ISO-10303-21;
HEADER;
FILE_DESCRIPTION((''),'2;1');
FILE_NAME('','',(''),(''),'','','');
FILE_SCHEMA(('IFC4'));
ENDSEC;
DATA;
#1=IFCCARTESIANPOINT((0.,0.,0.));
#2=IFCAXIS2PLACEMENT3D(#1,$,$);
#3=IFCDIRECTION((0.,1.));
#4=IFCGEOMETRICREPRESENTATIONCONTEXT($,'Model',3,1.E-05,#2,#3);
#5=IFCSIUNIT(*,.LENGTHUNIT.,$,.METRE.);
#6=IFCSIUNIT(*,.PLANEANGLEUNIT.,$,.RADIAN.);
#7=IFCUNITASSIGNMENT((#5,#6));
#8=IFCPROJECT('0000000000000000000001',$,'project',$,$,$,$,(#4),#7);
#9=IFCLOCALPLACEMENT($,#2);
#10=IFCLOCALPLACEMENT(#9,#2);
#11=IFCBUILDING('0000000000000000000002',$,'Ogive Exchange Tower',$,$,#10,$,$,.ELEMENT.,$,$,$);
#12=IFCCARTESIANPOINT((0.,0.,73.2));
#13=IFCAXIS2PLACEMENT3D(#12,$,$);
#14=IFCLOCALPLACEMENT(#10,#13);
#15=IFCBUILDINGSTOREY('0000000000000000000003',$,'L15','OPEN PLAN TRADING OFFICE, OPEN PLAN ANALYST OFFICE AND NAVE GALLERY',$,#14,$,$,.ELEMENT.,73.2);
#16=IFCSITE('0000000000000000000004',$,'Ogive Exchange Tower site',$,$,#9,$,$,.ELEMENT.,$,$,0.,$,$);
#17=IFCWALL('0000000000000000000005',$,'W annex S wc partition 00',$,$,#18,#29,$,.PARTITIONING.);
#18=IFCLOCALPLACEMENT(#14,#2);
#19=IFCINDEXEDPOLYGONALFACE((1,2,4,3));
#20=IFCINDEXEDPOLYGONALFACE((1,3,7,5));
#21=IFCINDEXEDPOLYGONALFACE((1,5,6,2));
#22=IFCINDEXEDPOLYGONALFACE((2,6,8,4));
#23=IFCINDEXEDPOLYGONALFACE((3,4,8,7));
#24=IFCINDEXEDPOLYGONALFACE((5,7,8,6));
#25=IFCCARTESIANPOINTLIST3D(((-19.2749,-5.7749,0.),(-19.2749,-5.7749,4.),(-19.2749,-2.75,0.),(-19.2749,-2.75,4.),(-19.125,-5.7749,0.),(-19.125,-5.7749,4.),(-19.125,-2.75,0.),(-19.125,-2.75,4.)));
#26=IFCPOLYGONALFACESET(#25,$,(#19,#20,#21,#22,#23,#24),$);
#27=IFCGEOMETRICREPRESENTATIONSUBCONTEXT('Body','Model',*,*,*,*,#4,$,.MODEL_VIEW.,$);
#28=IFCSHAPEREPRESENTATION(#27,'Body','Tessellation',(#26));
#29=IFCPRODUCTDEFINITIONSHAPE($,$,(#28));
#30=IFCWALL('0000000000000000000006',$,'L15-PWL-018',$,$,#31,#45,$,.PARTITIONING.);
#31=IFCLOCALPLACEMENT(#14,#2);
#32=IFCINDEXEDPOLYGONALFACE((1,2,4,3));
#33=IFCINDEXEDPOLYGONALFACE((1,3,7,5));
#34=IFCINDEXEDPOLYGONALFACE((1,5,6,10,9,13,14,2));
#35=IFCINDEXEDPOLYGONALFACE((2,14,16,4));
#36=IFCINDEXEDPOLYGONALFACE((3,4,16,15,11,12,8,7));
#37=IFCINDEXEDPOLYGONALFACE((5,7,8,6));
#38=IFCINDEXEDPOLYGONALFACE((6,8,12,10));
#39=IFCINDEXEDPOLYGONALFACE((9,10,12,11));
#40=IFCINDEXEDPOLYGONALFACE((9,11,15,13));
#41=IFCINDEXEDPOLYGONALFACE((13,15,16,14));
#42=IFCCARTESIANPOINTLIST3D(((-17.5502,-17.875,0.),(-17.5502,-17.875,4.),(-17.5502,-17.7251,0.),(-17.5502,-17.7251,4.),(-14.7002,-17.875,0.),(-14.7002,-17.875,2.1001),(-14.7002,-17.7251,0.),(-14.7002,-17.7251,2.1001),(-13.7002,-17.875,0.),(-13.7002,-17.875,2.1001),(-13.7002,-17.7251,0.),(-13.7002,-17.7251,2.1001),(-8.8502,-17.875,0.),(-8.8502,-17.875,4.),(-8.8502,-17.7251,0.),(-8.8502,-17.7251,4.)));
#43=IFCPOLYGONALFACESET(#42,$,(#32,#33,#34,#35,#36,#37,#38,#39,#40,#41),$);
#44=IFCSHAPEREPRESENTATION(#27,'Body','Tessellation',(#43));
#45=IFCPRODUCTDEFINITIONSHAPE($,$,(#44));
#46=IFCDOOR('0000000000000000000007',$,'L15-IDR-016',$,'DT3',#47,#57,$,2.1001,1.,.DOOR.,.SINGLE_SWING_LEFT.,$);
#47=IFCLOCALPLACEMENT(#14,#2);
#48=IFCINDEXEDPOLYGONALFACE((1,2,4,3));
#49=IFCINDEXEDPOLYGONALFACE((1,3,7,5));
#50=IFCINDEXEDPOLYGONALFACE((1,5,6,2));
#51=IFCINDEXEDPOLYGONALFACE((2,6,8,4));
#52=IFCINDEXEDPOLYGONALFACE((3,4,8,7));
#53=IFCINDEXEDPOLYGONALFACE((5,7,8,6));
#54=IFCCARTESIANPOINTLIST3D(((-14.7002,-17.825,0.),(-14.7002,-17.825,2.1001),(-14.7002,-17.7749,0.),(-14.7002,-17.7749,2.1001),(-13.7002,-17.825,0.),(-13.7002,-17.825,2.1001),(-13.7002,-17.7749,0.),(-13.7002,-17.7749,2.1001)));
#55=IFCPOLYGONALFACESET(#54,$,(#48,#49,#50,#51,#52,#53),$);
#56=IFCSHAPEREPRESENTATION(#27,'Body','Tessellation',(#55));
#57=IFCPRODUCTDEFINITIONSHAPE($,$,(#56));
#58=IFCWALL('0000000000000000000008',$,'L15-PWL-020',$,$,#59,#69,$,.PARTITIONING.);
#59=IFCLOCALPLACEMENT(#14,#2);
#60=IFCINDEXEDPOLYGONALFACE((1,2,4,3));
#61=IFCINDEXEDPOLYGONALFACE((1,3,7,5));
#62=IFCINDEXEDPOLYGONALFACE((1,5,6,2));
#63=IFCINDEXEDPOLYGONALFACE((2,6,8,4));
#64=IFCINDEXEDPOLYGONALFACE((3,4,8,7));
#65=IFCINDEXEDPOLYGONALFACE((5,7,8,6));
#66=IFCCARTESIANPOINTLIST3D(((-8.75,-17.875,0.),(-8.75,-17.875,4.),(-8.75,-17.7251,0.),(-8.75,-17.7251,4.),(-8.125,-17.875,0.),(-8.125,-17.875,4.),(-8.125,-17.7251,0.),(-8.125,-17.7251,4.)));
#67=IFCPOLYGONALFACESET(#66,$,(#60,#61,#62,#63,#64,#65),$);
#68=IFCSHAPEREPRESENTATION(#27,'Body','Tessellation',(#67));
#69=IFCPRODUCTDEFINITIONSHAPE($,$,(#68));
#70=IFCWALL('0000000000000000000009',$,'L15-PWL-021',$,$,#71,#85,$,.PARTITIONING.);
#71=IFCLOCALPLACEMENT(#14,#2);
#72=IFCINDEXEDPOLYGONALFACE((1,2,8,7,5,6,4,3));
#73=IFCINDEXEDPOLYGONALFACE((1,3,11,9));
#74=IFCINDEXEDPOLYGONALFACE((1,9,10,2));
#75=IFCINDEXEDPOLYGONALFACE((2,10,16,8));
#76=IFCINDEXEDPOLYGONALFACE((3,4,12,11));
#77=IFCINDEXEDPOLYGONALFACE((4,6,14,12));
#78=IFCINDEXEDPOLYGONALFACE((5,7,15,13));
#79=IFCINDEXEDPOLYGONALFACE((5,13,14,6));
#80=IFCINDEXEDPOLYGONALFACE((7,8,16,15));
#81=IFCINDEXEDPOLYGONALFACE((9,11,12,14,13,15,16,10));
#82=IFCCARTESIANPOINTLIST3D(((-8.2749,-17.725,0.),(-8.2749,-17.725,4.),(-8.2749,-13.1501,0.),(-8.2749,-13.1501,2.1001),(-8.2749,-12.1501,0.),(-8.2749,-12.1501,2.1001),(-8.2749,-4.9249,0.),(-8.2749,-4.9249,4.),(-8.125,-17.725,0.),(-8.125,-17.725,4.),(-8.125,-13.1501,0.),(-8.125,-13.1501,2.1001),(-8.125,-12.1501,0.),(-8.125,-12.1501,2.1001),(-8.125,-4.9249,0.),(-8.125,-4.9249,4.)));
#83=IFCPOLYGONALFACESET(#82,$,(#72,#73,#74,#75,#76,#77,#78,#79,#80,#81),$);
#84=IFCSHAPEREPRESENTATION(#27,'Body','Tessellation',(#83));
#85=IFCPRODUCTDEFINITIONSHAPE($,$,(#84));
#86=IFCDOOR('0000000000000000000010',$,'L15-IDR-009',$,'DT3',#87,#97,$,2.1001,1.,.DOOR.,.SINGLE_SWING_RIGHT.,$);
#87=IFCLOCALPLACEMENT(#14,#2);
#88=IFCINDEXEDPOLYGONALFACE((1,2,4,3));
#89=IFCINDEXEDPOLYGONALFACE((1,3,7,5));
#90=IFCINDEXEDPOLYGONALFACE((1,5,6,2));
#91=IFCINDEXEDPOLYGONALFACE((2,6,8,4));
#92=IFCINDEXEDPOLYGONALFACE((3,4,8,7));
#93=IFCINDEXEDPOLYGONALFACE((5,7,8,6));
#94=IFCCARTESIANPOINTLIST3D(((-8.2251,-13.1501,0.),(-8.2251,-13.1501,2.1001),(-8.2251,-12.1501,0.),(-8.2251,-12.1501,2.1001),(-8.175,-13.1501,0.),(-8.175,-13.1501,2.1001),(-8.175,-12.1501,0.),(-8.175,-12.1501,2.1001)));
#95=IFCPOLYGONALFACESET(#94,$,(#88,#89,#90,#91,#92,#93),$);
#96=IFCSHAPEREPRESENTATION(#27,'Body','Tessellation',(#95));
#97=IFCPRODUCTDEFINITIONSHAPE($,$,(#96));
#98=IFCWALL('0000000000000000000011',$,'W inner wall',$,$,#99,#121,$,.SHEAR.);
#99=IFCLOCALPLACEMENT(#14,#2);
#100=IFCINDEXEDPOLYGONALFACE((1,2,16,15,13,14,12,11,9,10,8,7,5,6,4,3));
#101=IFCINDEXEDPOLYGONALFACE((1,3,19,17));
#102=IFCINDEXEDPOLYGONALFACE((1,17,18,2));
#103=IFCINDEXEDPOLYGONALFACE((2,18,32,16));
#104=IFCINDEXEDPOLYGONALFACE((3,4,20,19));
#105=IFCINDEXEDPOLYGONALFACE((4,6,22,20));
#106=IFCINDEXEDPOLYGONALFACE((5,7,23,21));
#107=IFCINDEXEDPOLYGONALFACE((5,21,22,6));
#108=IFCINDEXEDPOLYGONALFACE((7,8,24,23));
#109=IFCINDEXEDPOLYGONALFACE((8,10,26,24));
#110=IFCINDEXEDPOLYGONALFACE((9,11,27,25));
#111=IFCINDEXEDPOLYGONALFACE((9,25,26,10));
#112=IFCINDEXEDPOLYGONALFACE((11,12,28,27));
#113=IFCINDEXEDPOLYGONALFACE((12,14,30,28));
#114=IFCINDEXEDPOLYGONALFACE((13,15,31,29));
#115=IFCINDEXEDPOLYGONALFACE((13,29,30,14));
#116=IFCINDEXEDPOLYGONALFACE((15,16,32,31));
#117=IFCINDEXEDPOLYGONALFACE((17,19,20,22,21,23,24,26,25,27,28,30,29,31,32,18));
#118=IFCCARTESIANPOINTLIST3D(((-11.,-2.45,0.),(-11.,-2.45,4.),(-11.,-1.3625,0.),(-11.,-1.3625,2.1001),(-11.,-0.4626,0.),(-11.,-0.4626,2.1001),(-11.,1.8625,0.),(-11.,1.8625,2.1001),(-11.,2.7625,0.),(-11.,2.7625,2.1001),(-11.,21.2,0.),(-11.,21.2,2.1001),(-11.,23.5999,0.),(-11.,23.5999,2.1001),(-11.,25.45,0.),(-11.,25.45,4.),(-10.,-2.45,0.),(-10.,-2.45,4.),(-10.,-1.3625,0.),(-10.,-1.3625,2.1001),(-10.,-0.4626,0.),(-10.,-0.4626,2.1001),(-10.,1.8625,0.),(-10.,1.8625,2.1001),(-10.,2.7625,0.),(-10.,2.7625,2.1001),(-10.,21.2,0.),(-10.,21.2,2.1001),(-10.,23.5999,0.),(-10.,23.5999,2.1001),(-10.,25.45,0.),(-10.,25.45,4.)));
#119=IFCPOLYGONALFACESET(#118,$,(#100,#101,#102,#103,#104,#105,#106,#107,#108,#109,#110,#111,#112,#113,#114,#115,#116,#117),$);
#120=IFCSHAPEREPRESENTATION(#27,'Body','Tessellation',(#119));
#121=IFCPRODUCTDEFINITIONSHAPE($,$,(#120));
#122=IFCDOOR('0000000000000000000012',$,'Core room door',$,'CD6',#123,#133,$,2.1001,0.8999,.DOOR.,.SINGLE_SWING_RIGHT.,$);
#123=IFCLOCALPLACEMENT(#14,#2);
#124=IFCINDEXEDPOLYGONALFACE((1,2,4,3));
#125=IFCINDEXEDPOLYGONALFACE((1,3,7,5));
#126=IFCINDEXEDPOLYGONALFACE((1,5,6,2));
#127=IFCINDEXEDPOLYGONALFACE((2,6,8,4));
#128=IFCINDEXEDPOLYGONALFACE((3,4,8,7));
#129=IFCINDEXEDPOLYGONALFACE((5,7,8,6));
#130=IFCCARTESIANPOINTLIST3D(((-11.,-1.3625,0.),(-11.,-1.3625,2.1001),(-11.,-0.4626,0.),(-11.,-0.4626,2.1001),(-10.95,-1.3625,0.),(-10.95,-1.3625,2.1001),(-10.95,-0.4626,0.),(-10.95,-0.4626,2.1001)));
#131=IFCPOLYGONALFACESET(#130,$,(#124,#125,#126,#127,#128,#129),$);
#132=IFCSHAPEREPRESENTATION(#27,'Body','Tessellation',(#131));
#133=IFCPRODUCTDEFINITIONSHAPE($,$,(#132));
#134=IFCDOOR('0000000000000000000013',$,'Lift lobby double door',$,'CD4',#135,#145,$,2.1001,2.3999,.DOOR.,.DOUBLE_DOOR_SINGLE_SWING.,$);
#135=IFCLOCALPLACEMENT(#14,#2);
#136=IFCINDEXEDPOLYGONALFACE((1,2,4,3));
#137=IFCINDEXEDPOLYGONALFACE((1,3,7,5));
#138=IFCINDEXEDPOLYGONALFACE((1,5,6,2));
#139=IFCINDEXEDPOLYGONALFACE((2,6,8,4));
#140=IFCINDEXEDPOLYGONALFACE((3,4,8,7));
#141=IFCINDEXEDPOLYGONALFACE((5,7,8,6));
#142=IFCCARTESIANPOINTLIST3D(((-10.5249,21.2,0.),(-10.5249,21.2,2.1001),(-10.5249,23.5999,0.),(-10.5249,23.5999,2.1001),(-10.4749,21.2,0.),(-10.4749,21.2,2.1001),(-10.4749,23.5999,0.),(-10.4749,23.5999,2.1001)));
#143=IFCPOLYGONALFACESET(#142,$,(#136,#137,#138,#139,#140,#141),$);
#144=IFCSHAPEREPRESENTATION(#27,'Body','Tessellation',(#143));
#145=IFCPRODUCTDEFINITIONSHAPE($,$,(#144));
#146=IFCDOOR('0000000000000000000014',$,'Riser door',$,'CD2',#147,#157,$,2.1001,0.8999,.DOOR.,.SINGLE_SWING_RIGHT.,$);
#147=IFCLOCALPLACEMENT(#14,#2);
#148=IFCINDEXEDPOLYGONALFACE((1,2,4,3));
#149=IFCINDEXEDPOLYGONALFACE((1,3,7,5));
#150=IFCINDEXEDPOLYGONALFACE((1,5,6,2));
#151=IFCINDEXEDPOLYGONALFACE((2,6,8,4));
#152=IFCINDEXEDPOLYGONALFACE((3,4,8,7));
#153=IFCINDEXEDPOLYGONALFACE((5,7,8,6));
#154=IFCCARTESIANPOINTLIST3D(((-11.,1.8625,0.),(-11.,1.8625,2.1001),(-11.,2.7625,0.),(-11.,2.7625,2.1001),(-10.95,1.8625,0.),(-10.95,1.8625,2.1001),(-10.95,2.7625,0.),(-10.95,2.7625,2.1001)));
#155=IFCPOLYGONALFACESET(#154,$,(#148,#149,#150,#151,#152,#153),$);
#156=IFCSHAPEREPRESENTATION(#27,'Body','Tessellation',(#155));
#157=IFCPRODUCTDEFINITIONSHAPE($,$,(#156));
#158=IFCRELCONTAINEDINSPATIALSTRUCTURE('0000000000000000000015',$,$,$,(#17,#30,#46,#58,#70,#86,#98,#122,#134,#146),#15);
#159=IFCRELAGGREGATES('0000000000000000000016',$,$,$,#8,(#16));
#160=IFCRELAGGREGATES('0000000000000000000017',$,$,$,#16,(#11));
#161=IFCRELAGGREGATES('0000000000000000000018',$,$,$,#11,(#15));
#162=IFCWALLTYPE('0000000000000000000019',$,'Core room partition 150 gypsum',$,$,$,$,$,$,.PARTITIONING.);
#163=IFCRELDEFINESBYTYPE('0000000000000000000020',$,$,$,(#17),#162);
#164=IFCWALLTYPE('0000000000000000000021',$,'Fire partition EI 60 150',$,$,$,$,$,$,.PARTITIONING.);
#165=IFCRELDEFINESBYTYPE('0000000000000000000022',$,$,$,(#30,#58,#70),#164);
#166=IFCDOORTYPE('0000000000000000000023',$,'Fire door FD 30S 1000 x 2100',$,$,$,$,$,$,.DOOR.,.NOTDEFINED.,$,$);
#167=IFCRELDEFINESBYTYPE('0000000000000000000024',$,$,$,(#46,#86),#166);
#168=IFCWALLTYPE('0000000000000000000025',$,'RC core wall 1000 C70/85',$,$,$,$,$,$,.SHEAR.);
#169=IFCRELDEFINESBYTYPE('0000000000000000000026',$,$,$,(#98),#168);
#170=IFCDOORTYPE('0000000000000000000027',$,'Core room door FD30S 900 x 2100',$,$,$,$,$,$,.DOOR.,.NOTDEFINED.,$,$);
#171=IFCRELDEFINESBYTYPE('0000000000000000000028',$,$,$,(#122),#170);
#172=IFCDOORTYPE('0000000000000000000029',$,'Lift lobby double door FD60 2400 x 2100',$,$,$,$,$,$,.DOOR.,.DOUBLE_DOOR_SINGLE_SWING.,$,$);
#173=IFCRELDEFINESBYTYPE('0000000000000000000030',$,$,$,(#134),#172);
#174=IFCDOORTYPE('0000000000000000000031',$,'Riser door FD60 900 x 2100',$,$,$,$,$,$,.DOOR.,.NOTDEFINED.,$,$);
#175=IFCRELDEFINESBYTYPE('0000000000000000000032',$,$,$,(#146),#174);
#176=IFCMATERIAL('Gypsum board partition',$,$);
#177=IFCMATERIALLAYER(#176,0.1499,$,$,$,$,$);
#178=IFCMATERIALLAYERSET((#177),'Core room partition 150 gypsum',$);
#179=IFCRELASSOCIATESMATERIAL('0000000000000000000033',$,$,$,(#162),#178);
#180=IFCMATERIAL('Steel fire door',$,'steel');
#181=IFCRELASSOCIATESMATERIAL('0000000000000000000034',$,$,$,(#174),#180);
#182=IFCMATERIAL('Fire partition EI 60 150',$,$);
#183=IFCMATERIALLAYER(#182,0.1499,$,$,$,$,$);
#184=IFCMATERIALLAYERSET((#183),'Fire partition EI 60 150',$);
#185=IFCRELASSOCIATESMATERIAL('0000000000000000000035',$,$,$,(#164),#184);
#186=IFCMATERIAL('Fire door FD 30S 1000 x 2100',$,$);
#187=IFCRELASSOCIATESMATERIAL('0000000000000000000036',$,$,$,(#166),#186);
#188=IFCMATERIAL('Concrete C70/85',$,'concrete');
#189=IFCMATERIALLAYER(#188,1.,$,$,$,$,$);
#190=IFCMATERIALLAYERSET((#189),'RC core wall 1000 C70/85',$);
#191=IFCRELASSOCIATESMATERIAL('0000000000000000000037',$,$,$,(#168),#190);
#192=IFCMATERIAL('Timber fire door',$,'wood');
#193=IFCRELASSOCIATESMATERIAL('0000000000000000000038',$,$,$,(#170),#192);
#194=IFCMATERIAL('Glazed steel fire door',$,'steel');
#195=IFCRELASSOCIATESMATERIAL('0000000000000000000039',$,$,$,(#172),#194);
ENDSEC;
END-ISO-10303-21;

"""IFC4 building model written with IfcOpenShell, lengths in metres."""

from ifc_helpers import new_model, si_unit, direction, frame, frame_2d, origin, place, context, subcontext, project, spatial, rectangle, extrude, material, layer, layer_set, type_object, element, fill, save


model = new_model("IFC4")

# Units and contexts
model_context = context("Model", 3, precision=1e-05, world=origin(), true_north=direction((0.0, 1.0)))
body_context = subcontext(model_context, "Body", "Model", "MODEL_VIEW")
ifc_project = project(units=[si_unit("LENGTHUNIT", "METRE"), si_unit("PLANEANGLEUNIT", "RADIAN")], contexts=[model_context])

# Site, building, storey
site_placement = place(None, origin())
site = spatial("IfcSite", under=ifc_project, at=site_placement, Name="Ogive Exchange Tower site", CompositionType="ELEMENT", RefElevation=0.0)
building_placement = place(site_placement, origin())
building = spatial("IfcBuilding", under=site, at=building_placement, Name="Ogive Exchange Tower", CompositionType="ELEMENT")
storey_placement = place(building_placement, frame((0.0, 0.0, 73.2)))
storey = spatial("IfcBuildingStorey", under=building, at=storey_placement, Name="L15", Description="OPEN PLAN TRADING OFFICE, OPEN PLAN ANALYST OFFICE AND NAVE GALLERY", CompositionType="ELEMENT", Elevation=73.2)

# Shared definitions
ifc_material_1 = material(Name="Gypsum board partition")
ifc_layer_1 = layer(ifc_material_1, 0.1499)
ifc_layer_set_1 = layer_set([ifc_layer_1], Name="Core room partition 150 gypsum")
wall_type_1 = type_object("IfcWallType", Name="Core room partition 150 gypsum", PredefinedType="PARTITIONING", material=ifc_layer_set_1)
ifc_material_2 = material(Name="Steel fire door", Category="steel")
door_type_1 = type_object("IfcDoorType", Name="Riser door FD60 900 x 2100", OperationType="NOTDEFINED", PredefinedType="DOOR", material=ifc_material_2)

# Wall
wall_1_placement = place(storey_placement, frame((-19.2, -5.7749, 0.0), z_axis=(0.0, 0.0, 1.0), x_axis=(0.0, 1.0, 0.0)))
element("IfcWall", 1, at=wall_1_placement, inside=storey, type_object=wall_type_1, Name="W annex S wc partition 00", PredefinedType="PARTITIONING", context=body_context, shape_type="SweptSolid", body=[
    extrude(rectangle(XDim=3.0249, YDim=0.1499, at=frame_2d((1.5125, 0.0))), origin(), (0.0, 0.0, 1.0), 4.0),
])

# Wall, opening, door
ifc_material_3 = material(Name="Fire partition EI 60 150")
ifc_layer_2 = layer(ifc_material_3, 0.1499)
ifc_layer_set_2 = layer_set([ifc_layer_2], Name="Fire partition EI 60 150")
wall_type_2 = type_object("IfcWallType", Name="Fire partition EI 60 150", PredefinedType="PARTITIONING", material=ifc_layer_set_2)
wall_2_placement = place(storey_placement, frame((-8.8501, -17.8, 0.0), z_axis=(0.0, 0.0, 1.0), x_axis=(-1.0, 0.0, 0.0)))
wall_2 = element("IfcWall", 2, at=wall_2_placement, inside=storey, type_object=wall_type_2, Name="L15-PWL-018", PredefinedType="PARTITIONING", context=body_context, shape_type="SweptSolid", body=[
    extrude(rectangle(XDim=8.7, YDim=0.1499, at=frame_2d((4.3501, 0.0))), origin(), (0.0, 0.0, 1.0), 4.0),
])
opening_1_placement = place(wall_2_placement, frame((4.8501, 0.0, 0.0)))
opening_1 = element("IfcOpeningElement", 3, at=opening_1_placement, cuts=wall_2, PredefinedType="OPENING", context=body_context, shape_type="SweptSolid", body=[
    extrude(rectangle(XDim=1.0, YDim=2.1001, at=frame_2d((0.5, 1.05))), frame((0.0, 0.085, 0.0), z_axis=(0.0, -1.0, 0.0), x_axis=(1.0, 0.0, 0.0)), (0.0, 0.0, 1.0), 0.1699),
])
ifc_material_4 = material(Name="Fire door FD 30S 1000 x 2100")
door_type_2 = type_object("IfcDoorType", Name="Fire door FD 30S 1000 x 2100", OperationType="NOTDEFINED", PredefinedType="DOOR", material=ifc_material_4)
door_1_placement = place(opening_1_placement, origin())
door_1 = element("IfcDoor", 4, at=door_1_placement, inside=storey, type_object=door_type_2, Name="L15-IDR-016", ObjectType="DT3", OperationType="SINGLE_SWING_LEFT", OverallHeight=2.1001, OverallWidth=1.0, PredefinedType="DOOR", context=body_context, shape_type="SweptSolid", body=[
    extrude(rectangle(XDim=1.0, YDim=2.1001, at=frame_2d((0.5, 1.05))), frame((0.0, 0.0249, 0.0), z_axis=(0.0, -1.0, 0.0), x_axis=(1.0, 0.0, 0.0)), (0.0, 0.0, 1.0), 0.05),
])
fill(opening_1, door_1)

# Wall
wall_3_placement = place(storey_placement, frame((-8.125, -17.8, 0.0), z_axis=(0.0, 0.0, 1.0), x_axis=(-1.0, 0.0, 0.0)))
element("IfcWall", 5, at=wall_3_placement, inside=storey, type_object=wall_type_2, Name="L15-PWL-020", PredefinedType="PARTITIONING", context=body_context, shape_type="SweptSolid", body=[
    extrude(rectangle(XDim=0.625, YDim=0.1499, at=frame_2d((0.3125, 0.0))), origin(), (0.0, 0.0, 1.0), 4.0),
])

# Wall, opening, door
wall_4_placement = place(storey_placement, frame((-8.2, -4.925, 0.0), z_axis=(0.0, 0.0, 1.0), x_axis=(0.0, -1.0, 0.0)))
wall_4 = element("IfcWall", 6, at=wall_4_placement, inside=storey, type_object=wall_type_2, Name="L15-PWL-021", PredefinedType="PARTITIONING", context=body_context, shape_type="SweptSolid", body=[
    extrude(rectangle(XDim=12.8, YDim=0.1499, at=frame_2d((6.3999, 0.0))), origin(), (0.0, 0.0, 1.0), 4.0),
])
opening_2_placement = place(wall_4_placement, frame((7.2251, 0.0, 0.0)))
opening_2 = element("IfcOpeningElement", 7, at=opening_2_placement, cuts=wall_4, PredefinedType="OPENING", context=body_context, shape_type="SweptSolid", body=[
    extrude(rectangle(XDim=1.0, YDim=2.1001, at=frame_2d((0.5, 1.05))), frame((0.0, 0.085, 0.0), z_axis=(0.0, -1.0, 0.0), x_axis=(1.0, 0.0, 0.0)), (0.0, 0.0, 1.0), 0.1699),
])
door_2_placement = place(opening_2_placement, origin())
door_2 = element("IfcDoor", 8, at=door_2_placement, inside=storey, type_object=door_type_2, Name="L15-IDR-009", ObjectType="DT3", OperationType="SINGLE_SWING_RIGHT", OverallHeight=2.1001, OverallWidth=1.0, PredefinedType="DOOR", context=body_context, shape_type="SweptSolid", body=[
    extrude(rectangle(XDim=1.0, YDim=2.1001, at=frame_2d((0.5, 1.05))), frame((0.0, 0.0249, 0.0), z_axis=(0.0, -1.0, 0.0), x_axis=(1.0, 0.0, 0.0)), (0.0, 0.0, 1.0), 0.05),
])
fill(opening_2, door_2)

# Wall, openings, doors
ifc_material_5 = material(Name="Concrete C70/85", Category="concrete")
ifc_layer_3 = layer(ifc_material_5, 1.0)
ifc_layer_set_3 = layer_set([ifc_layer_3], Name="RC core wall 1000 C70/85")
wall_type_3 = type_object("IfcWallType", Name="RC core wall 1000 C70/85", PredefinedType="SHEAR", material=ifc_layer_set_3)
wall_5_placement = place(storey_placement, frame((-10.5, -2.45, 0.0), z_axis=(0.0, 0.0, 1.0), x_axis=(0.0, 1.0, 0.0)))
wall_5 = element("IfcWall", 9, at=wall_5_placement, inside=storey, type_object=wall_type_3, Name="W inner wall", PredefinedType="SHEAR", context=body_context, shape_type="SweptSolid", body=[
    extrude(rectangle(XDim=27.8999, YDim=1.0, at=frame_2d((13.95, 0.0))), origin(), (0.0, 0.0, 1.0), 4.0),
])
opening_3_placement = place(wall_5_placement, frame((23.6499, 0.0, 0.0)))
opening_3 = element("IfcOpeningElement", 10, at=opening_3_placement, cuts=wall_5, PredefinedType="OPENING", context=body_context, shape_type="SweptSolid", body=[
    extrude(rectangle(XDim=2.3999, YDim=2.1001, at=frame_2d((1.2, 1.05))), frame((0.0, 0.51, 0.0), z_axis=(0.0, -1.0, 0.0), x_axis=(1.0, 0.0, 0.0)), (0.0, 0.0, 1.0), 1.02),
])
opening_4_placement = place(wall_5_placement, frame((1.0874, 0.0, 0.0)))
opening_4 = element("IfcOpeningElement", 11, at=opening_4_placement, cuts=wall_5, PredefinedType="OPENING", context=body_context, shape_type="SweptSolid", body=[
    extrude(rectangle(XDim=0.8999, YDim=2.1001, at=frame_2d((0.45, 1.05))), frame((0.0, 0.51, 0.0), z_axis=(0.0, -1.0, 0.0), x_axis=(1.0, 0.0, 0.0)), (0.0, 0.0, 1.0), 1.02),
])
opening_5_placement = place(wall_5_placement, frame((4.3125, 0.0, 0.0)))
opening_5 = element("IfcOpeningElement", 12, at=opening_5_placement, cuts=wall_5, PredefinedType="OPENING", context=body_context, shape_type="SweptSolid", body=[
    extrude(rectangle(XDim=0.8999, YDim=2.1001, at=frame_2d((0.45, 1.05))), frame((0.0, 0.51, 0.0), z_axis=(0.0, -1.0, 0.0), x_axis=(1.0, 0.0, 0.0)), (0.0, 0.0, 1.0), 1.02),
])
ifc_material_6 = material(Name="Timber fire door", Category="wood")
door_type_3 = type_object("IfcDoorType", Name="Core room door FD30S 900 x 2100", OperationType="NOTDEFINED", PredefinedType="DOOR", material=ifc_material_6)
door_3_placement = place(opening_4_placement, origin())
door_3 = element("IfcDoor", 13, at=door_3_placement, inside=storey, type_object=door_type_3, Name="Core room door", ObjectType="CD6", OperationType="SINGLE_SWING_RIGHT", OverallHeight=2.1001, OverallWidth=0.8999, PredefinedType="DOOR", context=body_context, shape_type="SweptSolid", body=[
    extrude(rectangle(XDim=0.8999, YDim=2.1001, at=frame_2d((0.45, 1.05))), frame((0.0, 0.5, 0.0), z_axis=(0.0, -1.0, 0.0), x_axis=(1.0, 0.0, 0.0)), (0.0, 0.0, 1.0), 0.05),
])
fill(opening_4, door_3)
ifc_material_7 = material(Name="Glazed steel fire door", Category="steel")
door_type_4 = type_object("IfcDoorType", Name="Lift lobby double door FD60 2400 x 2100", OperationType="DOUBLE_DOOR_SINGLE_SWING", PredefinedType="DOOR", material=ifc_material_7)
door_4_placement = place(opening_3_placement, origin())
door_4 = element("IfcDoor", 14, at=door_4_placement, inside=storey, type_object=door_type_4, Name="Lift lobby double door", ObjectType="CD4", OperationType="DOUBLE_DOOR_SINGLE_SWING", OverallHeight=2.1001, OverallWidth=2.3999, PredefinedType="DOOR", context=body_context, shape_type="SweptSolid", body=[
    extrude(rectangle(XDim=2.3999, YDim=2.1001, at=frame_2d((1.2, 1.05))), frame((0.0, 0.0249, 0.0), z_axis=(0.0, -1.0, 0.0), x_axis=(1.0, 0.0, 0.0)), (0.0, 0.0, 1.0), 0.05),
])
fill(opening_3, door_4)
door_5_placement = place(opening_5_placement, origin())
door_5 = element("IfcDoor", 15, at=door_5_placement, inside=storey, type_object=door_type_1, Name="Riser door", ObjectType="CD2", OperationType="SINGLE_SWING_RIGHT", OverallHeight=2.1001, OverallWidth=0.8999, PredefinedType="DOOR", context=body_context, shape_type="SweptSolid", body=[
    extrude(rectangle(XDim=0.8999, YDim=2.1001, at=frame_2d((0.45, 1.05))), frame((0.0, 0.5, 0.0), z_axis=(0.0, -1.0, 0.0), x_axis=(1.0, 0.0, 0.0)), (0.0, 0.0, 1.0), 0.05),
])
fill(opening_5, door_5)

save(model, "model.ifc")
